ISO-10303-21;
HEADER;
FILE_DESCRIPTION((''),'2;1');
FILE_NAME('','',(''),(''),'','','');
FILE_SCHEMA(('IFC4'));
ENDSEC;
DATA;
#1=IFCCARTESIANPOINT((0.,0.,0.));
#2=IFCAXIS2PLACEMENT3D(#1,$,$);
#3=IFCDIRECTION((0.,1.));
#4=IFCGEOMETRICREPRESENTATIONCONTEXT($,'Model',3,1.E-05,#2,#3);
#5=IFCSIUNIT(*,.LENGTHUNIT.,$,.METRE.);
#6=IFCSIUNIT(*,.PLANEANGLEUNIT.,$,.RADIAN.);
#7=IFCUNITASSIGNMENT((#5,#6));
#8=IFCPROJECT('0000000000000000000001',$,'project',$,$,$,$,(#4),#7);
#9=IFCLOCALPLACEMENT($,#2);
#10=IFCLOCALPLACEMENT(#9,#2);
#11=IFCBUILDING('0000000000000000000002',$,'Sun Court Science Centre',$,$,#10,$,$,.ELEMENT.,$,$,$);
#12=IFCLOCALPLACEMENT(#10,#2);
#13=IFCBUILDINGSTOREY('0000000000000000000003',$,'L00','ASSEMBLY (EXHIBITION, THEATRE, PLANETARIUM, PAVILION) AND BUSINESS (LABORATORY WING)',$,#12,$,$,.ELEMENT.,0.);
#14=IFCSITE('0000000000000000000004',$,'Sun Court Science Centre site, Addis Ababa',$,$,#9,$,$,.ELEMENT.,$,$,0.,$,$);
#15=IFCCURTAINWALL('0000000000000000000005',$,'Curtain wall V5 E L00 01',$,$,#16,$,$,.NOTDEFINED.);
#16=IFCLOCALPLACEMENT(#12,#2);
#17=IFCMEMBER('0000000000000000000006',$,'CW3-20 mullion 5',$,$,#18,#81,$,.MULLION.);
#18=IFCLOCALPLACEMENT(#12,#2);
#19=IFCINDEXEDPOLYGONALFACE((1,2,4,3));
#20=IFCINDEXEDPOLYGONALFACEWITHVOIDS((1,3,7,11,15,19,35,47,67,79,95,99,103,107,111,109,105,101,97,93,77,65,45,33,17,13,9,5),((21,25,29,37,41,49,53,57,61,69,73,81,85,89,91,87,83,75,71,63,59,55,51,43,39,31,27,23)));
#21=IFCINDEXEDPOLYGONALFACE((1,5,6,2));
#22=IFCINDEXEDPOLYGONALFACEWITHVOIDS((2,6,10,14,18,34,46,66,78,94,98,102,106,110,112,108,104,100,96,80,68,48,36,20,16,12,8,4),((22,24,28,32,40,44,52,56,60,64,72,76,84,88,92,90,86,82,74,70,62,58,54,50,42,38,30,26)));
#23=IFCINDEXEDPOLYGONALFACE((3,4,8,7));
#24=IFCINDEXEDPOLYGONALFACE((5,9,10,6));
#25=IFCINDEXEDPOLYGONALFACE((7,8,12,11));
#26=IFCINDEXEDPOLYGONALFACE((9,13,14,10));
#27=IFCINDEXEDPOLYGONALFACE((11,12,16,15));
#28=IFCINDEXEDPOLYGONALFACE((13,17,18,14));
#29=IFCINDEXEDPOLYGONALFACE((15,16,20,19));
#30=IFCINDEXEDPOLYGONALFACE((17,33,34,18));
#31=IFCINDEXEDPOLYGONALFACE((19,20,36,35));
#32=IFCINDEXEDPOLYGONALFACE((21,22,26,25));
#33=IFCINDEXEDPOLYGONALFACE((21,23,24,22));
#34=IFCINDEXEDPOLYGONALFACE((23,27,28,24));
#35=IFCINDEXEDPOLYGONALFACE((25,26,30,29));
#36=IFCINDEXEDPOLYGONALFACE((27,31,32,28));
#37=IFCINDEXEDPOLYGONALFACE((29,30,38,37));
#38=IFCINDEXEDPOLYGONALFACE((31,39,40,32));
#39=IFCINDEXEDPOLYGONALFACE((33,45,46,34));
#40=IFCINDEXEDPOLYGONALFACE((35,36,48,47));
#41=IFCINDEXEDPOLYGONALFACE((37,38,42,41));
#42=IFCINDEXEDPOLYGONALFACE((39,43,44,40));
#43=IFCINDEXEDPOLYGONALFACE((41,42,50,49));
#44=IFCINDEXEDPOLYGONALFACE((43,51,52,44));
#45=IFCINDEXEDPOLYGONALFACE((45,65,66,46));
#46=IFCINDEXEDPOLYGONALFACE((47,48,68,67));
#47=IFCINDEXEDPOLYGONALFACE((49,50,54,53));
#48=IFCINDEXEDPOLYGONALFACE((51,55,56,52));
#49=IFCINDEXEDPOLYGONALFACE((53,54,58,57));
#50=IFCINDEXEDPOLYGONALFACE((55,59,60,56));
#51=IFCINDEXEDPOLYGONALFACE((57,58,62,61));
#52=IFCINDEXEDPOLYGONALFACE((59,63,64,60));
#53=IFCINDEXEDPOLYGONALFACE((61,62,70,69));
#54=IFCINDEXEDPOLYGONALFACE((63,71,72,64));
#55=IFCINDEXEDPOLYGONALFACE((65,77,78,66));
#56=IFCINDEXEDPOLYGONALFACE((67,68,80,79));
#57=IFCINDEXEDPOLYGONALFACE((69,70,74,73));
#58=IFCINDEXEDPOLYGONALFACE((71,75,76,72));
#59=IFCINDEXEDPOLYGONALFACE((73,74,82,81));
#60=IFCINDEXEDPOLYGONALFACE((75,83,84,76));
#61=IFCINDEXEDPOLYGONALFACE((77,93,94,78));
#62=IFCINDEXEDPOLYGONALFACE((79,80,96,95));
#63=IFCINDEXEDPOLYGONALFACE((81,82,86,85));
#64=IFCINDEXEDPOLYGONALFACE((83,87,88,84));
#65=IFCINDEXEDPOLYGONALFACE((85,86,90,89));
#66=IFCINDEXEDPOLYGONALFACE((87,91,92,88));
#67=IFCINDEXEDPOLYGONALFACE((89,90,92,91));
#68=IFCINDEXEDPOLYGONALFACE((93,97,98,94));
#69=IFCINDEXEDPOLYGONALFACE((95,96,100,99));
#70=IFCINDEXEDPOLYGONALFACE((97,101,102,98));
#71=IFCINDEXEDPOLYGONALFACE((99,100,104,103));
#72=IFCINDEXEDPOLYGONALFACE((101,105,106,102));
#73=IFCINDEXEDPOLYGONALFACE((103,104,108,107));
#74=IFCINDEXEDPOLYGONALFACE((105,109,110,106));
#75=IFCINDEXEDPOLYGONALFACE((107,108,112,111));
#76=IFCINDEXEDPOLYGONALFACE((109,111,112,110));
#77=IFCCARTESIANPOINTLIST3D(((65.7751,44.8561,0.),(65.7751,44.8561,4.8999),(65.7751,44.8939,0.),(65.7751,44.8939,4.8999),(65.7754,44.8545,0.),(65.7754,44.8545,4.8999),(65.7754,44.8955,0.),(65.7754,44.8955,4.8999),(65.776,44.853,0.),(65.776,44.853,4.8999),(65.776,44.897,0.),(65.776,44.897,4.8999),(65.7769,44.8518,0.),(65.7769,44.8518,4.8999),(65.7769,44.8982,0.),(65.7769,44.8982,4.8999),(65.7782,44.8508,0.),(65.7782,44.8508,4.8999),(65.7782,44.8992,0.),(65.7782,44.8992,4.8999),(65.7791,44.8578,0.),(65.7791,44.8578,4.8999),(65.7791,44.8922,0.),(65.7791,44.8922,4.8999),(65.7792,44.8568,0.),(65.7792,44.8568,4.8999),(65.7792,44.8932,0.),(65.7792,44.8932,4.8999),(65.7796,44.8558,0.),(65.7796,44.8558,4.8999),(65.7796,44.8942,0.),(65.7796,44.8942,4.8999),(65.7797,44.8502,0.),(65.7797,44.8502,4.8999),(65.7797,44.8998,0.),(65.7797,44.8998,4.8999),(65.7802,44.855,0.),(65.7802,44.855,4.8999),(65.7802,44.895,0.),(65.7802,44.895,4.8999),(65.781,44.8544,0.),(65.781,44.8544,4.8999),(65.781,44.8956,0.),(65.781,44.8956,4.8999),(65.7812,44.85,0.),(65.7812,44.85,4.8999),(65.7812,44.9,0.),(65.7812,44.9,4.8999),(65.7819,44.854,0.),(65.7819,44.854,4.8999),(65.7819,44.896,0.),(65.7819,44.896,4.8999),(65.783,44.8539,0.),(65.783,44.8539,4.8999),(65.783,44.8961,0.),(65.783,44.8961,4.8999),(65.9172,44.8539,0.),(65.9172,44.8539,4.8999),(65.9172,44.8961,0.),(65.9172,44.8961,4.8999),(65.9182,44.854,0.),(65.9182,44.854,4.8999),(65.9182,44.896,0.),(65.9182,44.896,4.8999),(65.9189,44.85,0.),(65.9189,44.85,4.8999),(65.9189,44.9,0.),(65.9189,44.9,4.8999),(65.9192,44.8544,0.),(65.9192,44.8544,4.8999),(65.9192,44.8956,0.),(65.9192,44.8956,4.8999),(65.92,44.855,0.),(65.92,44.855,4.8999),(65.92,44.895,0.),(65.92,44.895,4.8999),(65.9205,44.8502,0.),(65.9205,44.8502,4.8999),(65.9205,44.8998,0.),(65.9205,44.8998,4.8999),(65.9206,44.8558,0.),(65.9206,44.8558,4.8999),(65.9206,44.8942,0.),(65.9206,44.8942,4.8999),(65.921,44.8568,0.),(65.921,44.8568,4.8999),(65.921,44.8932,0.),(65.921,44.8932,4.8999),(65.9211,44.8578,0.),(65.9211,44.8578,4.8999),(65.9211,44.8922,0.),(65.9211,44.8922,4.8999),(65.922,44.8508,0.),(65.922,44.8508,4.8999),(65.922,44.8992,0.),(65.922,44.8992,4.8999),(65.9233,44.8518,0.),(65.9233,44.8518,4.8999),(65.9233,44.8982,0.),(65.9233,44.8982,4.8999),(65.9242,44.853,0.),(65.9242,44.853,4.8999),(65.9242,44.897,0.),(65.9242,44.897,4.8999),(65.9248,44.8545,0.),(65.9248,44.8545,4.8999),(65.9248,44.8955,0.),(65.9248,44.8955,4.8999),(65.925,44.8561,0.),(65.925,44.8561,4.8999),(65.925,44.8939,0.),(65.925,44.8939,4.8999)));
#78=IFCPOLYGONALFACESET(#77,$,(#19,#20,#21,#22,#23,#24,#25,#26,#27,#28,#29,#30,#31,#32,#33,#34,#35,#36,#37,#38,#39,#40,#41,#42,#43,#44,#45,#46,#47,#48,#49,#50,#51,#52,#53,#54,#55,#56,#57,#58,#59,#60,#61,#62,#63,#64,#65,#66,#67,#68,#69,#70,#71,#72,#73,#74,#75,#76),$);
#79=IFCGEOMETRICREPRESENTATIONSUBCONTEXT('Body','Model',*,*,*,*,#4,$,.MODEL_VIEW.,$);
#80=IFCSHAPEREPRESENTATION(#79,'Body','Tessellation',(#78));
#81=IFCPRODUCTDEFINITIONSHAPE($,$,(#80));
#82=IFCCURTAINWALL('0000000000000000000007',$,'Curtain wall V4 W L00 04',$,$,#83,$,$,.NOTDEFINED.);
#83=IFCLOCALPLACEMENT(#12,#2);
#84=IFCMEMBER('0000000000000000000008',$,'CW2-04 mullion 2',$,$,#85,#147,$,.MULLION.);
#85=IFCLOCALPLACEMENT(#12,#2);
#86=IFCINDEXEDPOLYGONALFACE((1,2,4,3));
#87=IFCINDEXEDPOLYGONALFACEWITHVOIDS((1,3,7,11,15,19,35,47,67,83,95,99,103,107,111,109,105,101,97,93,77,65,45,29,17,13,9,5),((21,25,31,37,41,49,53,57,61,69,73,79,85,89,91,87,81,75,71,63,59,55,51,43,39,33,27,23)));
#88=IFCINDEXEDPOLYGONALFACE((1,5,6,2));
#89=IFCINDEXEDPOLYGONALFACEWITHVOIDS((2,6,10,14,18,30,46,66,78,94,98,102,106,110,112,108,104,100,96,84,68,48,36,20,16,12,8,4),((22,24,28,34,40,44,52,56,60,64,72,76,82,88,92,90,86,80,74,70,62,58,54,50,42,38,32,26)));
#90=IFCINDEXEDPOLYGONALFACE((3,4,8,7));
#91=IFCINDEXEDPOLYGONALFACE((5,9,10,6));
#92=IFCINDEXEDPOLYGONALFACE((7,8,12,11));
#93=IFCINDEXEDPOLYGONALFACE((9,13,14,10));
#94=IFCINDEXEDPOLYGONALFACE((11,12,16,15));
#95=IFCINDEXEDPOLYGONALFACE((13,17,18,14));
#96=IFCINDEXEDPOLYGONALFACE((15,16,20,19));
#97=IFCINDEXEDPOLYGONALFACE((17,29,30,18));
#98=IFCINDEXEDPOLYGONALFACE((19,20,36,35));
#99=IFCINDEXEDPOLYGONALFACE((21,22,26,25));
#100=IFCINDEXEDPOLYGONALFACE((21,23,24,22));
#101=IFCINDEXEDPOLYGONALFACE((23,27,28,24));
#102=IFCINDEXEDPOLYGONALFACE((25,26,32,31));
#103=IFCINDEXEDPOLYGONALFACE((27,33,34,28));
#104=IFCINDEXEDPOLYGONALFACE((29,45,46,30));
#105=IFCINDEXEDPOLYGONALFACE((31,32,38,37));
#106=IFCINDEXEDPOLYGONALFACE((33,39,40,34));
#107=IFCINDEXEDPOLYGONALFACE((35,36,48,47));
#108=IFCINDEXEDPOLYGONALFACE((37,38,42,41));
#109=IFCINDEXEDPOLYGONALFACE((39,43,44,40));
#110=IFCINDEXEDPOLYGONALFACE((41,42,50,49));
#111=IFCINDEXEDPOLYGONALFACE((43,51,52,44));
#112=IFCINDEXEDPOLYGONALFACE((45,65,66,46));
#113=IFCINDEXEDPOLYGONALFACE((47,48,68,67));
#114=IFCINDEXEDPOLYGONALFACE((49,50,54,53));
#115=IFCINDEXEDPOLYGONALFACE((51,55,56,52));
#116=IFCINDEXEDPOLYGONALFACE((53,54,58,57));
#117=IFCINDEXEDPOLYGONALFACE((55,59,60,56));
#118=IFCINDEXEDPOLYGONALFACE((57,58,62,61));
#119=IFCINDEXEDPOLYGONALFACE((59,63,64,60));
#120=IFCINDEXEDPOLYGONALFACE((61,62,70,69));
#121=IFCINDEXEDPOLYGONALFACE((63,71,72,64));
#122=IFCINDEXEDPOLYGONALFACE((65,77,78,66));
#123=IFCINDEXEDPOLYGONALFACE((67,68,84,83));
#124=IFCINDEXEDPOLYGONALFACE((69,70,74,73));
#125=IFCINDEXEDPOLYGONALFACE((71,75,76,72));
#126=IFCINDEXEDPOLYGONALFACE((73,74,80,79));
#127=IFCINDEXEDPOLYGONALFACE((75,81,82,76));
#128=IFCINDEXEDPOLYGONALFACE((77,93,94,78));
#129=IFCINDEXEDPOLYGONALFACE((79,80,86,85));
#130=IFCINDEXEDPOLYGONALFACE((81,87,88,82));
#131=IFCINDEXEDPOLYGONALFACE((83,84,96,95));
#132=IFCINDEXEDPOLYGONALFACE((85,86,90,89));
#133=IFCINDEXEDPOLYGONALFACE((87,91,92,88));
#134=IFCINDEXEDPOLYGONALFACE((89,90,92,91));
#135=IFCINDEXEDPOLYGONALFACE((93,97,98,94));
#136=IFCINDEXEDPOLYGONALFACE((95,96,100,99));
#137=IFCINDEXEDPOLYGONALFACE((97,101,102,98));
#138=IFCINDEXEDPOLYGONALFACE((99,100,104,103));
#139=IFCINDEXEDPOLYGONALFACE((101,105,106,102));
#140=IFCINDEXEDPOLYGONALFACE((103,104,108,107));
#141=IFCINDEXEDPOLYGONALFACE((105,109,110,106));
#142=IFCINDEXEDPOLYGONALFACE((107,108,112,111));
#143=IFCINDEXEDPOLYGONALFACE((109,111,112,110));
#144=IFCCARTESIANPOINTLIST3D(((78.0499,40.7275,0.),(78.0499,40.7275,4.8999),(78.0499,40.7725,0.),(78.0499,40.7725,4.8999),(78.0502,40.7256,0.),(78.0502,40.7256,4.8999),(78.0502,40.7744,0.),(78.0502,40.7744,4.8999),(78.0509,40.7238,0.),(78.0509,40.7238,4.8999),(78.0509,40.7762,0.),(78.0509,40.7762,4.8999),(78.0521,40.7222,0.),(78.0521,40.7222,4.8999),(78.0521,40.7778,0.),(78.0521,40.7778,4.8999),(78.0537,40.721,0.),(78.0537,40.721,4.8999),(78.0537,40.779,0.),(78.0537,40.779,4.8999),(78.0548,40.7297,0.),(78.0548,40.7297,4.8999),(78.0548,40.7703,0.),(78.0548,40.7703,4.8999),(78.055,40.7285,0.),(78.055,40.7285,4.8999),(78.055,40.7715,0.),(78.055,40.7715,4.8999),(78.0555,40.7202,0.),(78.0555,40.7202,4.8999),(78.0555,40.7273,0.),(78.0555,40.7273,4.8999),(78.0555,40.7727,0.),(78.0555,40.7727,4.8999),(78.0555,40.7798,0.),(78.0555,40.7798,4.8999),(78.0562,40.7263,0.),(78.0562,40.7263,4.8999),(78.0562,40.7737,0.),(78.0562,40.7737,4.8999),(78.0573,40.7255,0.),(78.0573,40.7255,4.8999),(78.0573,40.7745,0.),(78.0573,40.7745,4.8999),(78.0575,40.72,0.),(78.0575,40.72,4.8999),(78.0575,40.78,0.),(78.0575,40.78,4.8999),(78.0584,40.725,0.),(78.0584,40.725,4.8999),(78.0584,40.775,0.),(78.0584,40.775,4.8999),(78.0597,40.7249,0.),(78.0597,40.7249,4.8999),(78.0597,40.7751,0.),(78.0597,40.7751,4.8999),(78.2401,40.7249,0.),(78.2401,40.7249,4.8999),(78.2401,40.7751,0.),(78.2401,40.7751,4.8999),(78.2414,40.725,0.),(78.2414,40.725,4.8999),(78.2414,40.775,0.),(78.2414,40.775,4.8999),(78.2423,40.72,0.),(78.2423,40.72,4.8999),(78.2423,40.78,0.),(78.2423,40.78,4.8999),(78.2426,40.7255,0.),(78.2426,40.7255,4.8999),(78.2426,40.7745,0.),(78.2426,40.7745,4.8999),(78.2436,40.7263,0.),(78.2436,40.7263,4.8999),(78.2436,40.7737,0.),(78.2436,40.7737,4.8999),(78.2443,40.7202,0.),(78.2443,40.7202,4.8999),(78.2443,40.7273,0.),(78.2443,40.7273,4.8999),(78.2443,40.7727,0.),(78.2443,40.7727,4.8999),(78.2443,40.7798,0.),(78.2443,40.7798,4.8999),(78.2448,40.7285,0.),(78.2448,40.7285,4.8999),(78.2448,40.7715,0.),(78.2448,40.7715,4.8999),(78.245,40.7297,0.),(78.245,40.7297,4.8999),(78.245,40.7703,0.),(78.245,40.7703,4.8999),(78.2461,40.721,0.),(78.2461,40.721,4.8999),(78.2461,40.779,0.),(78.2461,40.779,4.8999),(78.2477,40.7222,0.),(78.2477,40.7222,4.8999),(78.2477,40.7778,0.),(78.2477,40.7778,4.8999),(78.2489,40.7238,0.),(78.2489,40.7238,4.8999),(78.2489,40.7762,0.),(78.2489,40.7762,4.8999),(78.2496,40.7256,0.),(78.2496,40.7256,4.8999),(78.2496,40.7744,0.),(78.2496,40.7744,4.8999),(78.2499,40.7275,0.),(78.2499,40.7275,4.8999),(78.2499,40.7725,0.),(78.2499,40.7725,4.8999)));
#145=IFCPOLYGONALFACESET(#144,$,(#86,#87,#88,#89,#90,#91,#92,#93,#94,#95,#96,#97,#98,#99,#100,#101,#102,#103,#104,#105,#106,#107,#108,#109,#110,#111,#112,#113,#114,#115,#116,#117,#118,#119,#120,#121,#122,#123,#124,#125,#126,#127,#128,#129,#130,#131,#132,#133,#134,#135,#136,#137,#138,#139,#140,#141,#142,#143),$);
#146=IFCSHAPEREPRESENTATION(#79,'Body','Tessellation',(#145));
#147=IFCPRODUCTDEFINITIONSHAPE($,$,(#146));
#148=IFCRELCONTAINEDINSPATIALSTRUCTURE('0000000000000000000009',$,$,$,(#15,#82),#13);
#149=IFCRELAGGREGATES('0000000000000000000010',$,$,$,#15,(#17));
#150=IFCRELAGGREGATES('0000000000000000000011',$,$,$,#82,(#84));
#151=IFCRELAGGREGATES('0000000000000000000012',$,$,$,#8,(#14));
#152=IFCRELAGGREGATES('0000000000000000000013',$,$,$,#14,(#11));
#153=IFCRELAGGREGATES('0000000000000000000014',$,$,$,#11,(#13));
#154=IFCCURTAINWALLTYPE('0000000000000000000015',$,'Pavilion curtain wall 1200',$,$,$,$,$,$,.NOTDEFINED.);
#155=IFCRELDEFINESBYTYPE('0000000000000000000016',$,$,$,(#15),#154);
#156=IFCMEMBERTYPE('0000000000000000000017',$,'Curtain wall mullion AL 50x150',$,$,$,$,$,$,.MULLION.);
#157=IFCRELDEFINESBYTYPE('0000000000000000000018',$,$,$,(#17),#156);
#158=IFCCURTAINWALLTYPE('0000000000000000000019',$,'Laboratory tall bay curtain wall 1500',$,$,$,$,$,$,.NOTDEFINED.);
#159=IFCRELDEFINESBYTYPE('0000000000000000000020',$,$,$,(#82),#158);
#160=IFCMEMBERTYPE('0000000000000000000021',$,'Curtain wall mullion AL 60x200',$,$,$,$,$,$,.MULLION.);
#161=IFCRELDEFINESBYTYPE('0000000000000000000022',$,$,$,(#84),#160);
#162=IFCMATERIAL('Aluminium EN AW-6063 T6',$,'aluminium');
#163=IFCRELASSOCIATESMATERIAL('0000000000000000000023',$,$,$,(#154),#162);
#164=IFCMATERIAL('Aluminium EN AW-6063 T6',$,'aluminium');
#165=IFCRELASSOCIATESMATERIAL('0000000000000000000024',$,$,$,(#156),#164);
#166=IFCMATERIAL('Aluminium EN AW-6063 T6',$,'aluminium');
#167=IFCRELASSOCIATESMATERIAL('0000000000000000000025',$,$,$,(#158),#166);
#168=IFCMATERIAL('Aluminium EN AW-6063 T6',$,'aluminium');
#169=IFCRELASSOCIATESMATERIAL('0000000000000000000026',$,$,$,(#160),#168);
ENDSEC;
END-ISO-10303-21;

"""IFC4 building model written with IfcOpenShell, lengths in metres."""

from ifc_helpers import new_model, si_unit, direction, frame, origin, origin_2d, place, context, subcontext, project, spatial, hollow_rectangle, extrude, material, material_profile, profile_set, type_object, element, aggregate, save


model = new_model("IFC4")

# Units and contexts
model_context = context("Model", 3, precision=1e-05, world=origin(), true_north=direction((0.0, 1.0)))
body_context = subcontext(model_context, "Body", "Model", "MODEL_VIEW")
ifc_project = project(units=[si_unit("LENGTHUNIT", "METRE"), si_unit("PLANEANGLEUNIT", "RADIAN")], contexts=[model_context])

# Site, building, storey
site_placement = place(None, origin())
site = spatial("IfcSite", under=ifc_project, at=site_placement, Name="Sun Court Science Centre site, Addis Ababa", CompositionType="ELEMENT", RefElevation=0.0)
building_placement = place(site_placement, origin())
building = spatial("IfcBuilding", under=site, at=building_placement, Name="Sun Court Science Centre", CompositionType="ELEMENT")
storey_placement = place(building_placement, origin())
storey = spatial("IfcBuildingStorey", under=building, at=storey_placement, Name="L00", Description="ASSEMBLY (EXHIBITION, THEATRE, PLANETARIUM, PAVILION) AND BUSINESS (LABORATORY WING)", CompositionType="ELEMENT", Elevation=0.0)

# Curtain wall, member
ifc_material_1 = material(Name="Aluminium EN AW-6063 T6", Category="aluminium")
curtain_wall_type_1 = type_object("IfcCurtainWallType", Name="Pavilion curtain wall 1200", PredefinedType="NOTDEFINED", material=ifc_material_1)
curtain_wall_1_placement = place(storey_placement, origin())
curtain_wall_1 = element("IfcCurtainWall", 1, at=curtain_wall_1_placement, inside=storey, type_object=curtain_wall_type_1, Name="Curtain wall V5 E L00 01", PredefinedType="NOTDEFINED")
ifc_material_2 = material(Name="Aluminium EN AW-6063 T6", Category="aluminium")
ifc_material_profile_1 = material_profile(ifc_material_2, hollow_rectangle(XDim=0.05, YDim=0.1499, WallThickness=0.0039, InnerFilletRadius=0.0039, OuterFilletRadius=0.0061, at=origin_2d()), Name="AL 50x150x4")
ifc_profile_set_1 = profile_set([ifc_material_profile_1], Name="Aluminium EN AW-6063 T6")
member_type_1 = type_object("IfcMemberType", Name="Curtain wall mullion AL 50x150", PredefinedType="MULLION", material=ifc_profile_set_1)
member_1_placement = place(storey_placement, frame((65.8501, 44.875, 0.0), z_axis=(0.0, 0.0, 1.0), x_axis=(0.0, -1.0, 0.0)))
member_1 = element("IfcMember", 2, at=member_1_placement, type_object=member_type_1, Name="CW3-20 mullion 5", PredefinedType="MULLION", context=body_context, shape_type="SweptSolid", body=[
    extrude(hollow_rectangle(XDim=0.05, YDim=0.1499, WallThickness=0.0039, InnerFilletRadius=0.0039, OuterFilletRadius=0.0061, at=origin_2d()), origin(), (0.0, 0.0, 1.0), 4.8999),
])

# Curtain wall, member
ifc_material_3 = material(Name="Aluminium EN AW-6063 T6", Category="aluminium")
curtain_wall_type_2 = type_object("IfcCurtainWallType", Name="Laboratory tall bay curtain wall 1500", PredefinedType="NOTDEFINED", material=ifc_material_3)
curtain_wall_2_placement = place(storey_placement, origin())
curtain_wall_2 = element("IfcCurtainWall", 3, at=curtain_wall_2_placement, inside=storey, type_object=curtain_wall_type_2, Name="Curtain wall V4 W L00 04", PredefinedType="NOTDEFINED")
ifc_material_4 = material(Name="Aluminium EN AW-6063 T6", Category="aluminium")
ifc_material_profile_2 = material_profile(ifc_material_4, hollow_rectangle(XDim=0.0601, YDim=0.2, WallThickness=0.0049, InnerFilletRadius=0.0049, OuterFilletRadius=0.0076, at=origin_2d()), Name="AL 60x200x5")
ifc_profile_set_2 = profile_set([ifc_material_profile_2], Name="Aluminium EN AW-6063 T6")
member_type_2 = type_object("IfcMemberType", Name="Curtain wall mullion AL 60x200", PredefinedType="MULLION", material=ifc_profile_set_2)
member_2_placement = place(storey_placement, frame((78.1499, 40.75, 0.0), z_axis=(0.0, 0.0, 1.0), x_axis=(0.0, 1.0, 0.0)))
member_2 = element("IfcMember", 4, at=member_2_placement, type_object=member_type_2, Name="CW2-04 mullion 2", PredefinedType="MULLION", context=body_context, shape_type="SweptSolid", body=[
    extrude(hollow_rectangle(XDim=0.0601, YDim=0.2, WallThickness=0.0049, InnerFilletRadius=0.0049, OuterFilletRadius=0.0076, at=origin_2d()), origin(), (0.0, 0.0, 1.0), 4.8999),
])

aggregate(curtain_wall_1, [member_1])
aggregate(curtain_wall_2, [member_2])

save(model, "model.ifc")
